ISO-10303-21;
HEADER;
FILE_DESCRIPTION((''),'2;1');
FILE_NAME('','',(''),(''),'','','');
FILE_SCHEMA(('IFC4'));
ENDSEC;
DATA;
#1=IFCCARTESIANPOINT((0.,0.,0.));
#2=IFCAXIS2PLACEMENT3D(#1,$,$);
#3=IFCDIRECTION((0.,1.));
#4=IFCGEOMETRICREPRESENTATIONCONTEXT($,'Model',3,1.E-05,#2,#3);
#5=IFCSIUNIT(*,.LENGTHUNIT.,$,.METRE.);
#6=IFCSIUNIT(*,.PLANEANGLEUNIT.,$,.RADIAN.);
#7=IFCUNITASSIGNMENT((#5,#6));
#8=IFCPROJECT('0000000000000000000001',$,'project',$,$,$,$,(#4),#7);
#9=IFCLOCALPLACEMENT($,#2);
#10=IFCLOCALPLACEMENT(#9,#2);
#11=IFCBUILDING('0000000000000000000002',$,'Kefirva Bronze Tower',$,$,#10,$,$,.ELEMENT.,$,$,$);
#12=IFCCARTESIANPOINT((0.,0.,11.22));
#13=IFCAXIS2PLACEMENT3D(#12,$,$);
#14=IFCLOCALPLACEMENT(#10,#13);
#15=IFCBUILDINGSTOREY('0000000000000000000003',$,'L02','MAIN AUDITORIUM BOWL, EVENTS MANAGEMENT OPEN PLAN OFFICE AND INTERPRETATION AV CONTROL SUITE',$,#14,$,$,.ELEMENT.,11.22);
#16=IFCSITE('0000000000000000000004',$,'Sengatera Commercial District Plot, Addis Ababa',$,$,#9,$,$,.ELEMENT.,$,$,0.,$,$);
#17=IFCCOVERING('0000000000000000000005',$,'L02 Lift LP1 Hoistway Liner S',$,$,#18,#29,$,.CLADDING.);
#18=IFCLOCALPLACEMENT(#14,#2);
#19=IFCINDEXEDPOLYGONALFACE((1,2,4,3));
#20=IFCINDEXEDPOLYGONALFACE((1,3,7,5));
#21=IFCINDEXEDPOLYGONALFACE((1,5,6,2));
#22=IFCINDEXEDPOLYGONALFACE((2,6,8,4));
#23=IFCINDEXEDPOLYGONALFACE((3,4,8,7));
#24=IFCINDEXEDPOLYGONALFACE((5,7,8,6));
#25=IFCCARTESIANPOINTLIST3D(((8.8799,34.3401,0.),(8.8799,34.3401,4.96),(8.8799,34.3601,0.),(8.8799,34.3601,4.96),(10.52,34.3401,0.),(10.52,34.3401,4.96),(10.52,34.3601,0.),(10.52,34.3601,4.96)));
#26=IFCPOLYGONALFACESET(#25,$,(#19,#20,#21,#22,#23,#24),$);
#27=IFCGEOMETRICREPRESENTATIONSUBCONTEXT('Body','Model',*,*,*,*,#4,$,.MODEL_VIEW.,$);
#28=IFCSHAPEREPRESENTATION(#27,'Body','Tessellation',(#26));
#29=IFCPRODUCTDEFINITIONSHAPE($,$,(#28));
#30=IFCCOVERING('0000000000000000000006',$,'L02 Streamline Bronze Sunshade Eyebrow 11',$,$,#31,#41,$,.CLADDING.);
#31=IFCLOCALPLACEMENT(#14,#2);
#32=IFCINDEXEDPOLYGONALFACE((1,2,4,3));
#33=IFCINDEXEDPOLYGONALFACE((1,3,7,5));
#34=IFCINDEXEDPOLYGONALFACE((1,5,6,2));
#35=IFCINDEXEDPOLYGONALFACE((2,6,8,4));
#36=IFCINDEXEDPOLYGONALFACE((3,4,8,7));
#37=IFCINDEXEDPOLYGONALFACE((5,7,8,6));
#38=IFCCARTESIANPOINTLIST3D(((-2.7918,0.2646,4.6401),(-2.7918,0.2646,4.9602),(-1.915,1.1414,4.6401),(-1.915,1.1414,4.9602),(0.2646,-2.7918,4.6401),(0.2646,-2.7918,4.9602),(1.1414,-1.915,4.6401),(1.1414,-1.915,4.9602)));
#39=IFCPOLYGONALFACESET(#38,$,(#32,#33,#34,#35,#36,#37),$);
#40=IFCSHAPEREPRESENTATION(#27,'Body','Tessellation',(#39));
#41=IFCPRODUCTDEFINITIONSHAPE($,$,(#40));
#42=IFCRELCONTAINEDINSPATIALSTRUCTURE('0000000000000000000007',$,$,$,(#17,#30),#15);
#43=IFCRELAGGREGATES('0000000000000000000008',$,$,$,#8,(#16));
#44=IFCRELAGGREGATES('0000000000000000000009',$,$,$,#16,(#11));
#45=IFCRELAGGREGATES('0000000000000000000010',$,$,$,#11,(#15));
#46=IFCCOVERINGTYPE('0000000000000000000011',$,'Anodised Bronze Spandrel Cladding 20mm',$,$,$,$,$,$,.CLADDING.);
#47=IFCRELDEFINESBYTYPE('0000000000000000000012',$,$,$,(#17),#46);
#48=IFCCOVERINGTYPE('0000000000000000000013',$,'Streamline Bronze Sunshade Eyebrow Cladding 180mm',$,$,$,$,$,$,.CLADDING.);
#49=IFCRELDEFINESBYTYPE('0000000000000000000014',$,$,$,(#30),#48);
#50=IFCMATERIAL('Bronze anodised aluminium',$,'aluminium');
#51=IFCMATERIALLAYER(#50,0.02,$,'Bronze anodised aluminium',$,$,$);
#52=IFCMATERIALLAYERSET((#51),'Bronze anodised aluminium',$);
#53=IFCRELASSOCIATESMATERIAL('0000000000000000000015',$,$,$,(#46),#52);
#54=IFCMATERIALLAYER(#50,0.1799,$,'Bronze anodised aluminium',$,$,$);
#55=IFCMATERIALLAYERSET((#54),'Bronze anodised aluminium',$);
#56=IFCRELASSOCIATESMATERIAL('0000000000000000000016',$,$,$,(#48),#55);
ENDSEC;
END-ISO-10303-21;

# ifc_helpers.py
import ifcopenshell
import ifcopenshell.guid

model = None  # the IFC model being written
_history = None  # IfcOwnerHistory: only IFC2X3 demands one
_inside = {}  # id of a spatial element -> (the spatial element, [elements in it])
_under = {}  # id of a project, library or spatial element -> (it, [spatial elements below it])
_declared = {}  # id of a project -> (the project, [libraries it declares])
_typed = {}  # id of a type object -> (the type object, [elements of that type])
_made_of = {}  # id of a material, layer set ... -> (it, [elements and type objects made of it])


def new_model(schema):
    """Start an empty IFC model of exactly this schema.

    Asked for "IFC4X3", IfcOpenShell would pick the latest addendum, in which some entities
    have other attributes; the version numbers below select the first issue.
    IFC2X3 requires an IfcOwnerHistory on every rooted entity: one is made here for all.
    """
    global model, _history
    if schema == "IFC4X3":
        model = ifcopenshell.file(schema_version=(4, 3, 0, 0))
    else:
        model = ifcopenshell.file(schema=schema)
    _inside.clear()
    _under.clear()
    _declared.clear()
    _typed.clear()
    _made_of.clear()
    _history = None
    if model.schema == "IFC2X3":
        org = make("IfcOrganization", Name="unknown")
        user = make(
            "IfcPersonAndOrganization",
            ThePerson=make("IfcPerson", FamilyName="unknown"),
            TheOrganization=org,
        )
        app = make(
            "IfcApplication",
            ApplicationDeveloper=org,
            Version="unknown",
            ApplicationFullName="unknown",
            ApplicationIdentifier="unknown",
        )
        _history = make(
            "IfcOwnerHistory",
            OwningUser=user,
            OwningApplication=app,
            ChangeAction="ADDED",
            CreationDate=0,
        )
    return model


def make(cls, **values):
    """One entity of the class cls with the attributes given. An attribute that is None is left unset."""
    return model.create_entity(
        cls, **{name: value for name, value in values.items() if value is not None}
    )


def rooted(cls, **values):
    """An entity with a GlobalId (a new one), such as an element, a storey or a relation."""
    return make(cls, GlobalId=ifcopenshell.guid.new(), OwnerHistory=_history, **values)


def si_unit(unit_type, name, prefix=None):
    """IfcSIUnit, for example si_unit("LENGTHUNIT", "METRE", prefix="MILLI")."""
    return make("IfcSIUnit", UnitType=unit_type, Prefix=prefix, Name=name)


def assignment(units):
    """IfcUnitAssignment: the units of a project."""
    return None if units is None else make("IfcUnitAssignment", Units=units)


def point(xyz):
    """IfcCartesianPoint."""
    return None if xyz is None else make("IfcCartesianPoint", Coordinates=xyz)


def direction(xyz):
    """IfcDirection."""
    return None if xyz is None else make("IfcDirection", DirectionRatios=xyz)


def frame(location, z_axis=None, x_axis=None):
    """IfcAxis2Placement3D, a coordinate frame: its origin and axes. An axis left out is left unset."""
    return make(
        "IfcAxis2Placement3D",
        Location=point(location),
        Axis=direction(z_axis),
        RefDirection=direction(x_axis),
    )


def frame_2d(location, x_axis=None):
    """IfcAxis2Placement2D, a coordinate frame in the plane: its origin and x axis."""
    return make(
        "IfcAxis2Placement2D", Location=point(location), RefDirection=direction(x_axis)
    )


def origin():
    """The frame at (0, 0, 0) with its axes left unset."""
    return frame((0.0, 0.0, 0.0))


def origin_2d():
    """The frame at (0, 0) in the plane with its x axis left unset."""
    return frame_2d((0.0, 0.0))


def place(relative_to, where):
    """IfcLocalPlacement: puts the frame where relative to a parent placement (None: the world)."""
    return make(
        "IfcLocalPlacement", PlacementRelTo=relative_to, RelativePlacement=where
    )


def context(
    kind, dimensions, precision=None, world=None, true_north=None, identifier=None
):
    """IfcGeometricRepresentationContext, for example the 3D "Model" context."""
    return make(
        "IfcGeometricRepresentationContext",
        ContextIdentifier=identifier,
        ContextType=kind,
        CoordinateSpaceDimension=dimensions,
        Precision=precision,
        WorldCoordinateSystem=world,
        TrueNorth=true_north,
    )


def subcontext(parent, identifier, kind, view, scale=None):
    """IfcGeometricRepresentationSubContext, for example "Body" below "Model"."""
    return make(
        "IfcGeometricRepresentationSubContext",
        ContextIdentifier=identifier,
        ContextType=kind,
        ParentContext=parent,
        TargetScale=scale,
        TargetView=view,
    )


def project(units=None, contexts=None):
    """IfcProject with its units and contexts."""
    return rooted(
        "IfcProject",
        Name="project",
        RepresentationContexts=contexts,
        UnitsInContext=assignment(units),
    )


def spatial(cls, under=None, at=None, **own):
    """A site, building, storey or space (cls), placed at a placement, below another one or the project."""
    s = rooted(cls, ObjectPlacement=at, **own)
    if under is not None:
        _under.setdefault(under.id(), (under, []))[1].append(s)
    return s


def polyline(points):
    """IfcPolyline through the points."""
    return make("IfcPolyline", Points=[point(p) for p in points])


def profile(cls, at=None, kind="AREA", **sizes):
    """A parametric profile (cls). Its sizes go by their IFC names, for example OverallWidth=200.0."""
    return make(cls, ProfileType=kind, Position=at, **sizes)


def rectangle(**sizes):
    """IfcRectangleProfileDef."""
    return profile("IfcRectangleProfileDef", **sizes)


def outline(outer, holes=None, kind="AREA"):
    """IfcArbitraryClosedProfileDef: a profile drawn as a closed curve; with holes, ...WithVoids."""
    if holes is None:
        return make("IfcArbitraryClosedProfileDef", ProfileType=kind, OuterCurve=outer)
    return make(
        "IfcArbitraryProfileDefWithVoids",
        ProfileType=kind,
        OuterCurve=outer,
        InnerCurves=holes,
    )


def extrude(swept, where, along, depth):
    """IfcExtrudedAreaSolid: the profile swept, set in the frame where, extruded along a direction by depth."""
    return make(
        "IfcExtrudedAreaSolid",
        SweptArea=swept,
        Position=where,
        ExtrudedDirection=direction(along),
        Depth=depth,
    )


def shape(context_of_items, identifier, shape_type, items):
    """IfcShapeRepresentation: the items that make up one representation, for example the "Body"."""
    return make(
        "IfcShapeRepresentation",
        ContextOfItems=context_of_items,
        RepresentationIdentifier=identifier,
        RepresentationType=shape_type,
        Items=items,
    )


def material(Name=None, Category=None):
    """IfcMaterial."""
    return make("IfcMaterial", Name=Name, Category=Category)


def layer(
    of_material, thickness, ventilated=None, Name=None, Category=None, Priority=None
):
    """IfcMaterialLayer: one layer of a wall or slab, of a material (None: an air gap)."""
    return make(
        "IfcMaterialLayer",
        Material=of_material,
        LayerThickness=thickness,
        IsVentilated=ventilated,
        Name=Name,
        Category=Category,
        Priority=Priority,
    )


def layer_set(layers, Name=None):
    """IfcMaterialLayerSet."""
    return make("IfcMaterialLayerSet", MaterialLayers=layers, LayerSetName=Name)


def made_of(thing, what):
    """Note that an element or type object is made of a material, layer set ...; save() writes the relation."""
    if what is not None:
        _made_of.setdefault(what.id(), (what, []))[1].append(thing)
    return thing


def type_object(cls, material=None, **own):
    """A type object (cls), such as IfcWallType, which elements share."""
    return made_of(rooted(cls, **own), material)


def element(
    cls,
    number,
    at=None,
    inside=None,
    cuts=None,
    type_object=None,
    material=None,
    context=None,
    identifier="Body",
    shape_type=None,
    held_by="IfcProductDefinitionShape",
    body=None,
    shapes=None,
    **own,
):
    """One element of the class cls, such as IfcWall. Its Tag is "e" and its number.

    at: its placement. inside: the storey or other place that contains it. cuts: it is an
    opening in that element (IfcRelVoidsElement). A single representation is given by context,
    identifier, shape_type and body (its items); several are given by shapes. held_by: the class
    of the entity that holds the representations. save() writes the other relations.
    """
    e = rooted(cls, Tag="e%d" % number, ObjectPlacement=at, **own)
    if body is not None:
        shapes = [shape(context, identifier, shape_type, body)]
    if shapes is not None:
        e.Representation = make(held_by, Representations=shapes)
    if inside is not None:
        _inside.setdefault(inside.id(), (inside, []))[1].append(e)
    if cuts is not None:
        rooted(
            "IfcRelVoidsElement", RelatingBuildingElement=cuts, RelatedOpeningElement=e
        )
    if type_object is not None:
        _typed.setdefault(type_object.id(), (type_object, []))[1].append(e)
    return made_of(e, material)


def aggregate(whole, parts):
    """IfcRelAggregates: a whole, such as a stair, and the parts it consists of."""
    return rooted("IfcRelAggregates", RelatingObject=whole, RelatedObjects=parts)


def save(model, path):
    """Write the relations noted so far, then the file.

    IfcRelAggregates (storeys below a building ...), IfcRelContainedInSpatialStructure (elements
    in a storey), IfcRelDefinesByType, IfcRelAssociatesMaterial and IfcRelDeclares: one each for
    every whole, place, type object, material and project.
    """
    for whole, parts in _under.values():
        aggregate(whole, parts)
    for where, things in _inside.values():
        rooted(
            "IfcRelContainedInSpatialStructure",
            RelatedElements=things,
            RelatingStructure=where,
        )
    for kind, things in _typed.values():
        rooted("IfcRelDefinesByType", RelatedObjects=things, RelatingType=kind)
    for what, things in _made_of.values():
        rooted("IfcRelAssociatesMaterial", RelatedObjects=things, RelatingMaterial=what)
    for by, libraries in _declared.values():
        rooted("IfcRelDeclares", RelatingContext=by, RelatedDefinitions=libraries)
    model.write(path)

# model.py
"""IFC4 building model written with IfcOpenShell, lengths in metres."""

from ifc_helpers import new_model, si_unit, direction, frame, origin, origin_2d, place, context, subcontext, project, spatial, polyline, rectangle, outline, extrude, material, layer, layer_set, type_object, element, save


model = new_model("IFC4")

# Units and contexts
model_context = context("Model", 3, precision=1e-05, world=origin(), true_north=direction((0.0, 1.0)))
body_context = subcontext(model_context, "Body", "Model", "MODEL_VIEW")
ifc_project = project(units=[si_unit("LENGTHUNIT", "METRE"), si_unit("PLANEANGLEUNIT", "RADIAN")], contexts=[model_context])

# Site, building, storey
site_placement = place(None, origin())
site = spatial("IfcSite", under=ifc_project, at=site_placement, Name="Sengatera Commercial District Plot, Addis Ababa", CompositionType="ELEMENT", RefElevation=0.0)
building_placement = place(site_placement, origin())
building = spatial("IfcBuilding", under=site, at=building_placement, Name="Kefirva Bronze Tower", CompositionType="ELEMENT")
storey_placement = place(building_placement, frame((0.0, 0.0, 11.22)))
storey = spatial("IfcBuildingStorey", under=building, at=storey_placement, Name="L02", Description="MAIN AUDITORIUM BOWL, EVENTS MANAGEMENT OPEN PLAN OFFICE AND INTERPRETATION AV CONTROL SUITE", CompositionType="ELEMENT", Elevation=11.22)

# Coverings
ifc_material_1 = material(Name="Bronze anodised aluminium", Category="aluminium")
ifc_layer_1 = layer(ifc_material_1, 0.02, Name="Bronze anodised aluminium")
ifc_layer_set_1 = layer_set([ifc_layer_1], Name="Bronze anodised aluminium")
covering_type_1 = type_object("IfcCoveringType", Name="Anodised Bronze Spandrel Cladding 20mm", PredefinedType="CLADDING", material=ifc_layer_set_1)
covering_1_placement = place(storey_placement, origin())
element("IfcCovering", 1, at=covering_1_placement, inside=storey, type_object=covering_type_1, Name="L02 Lift LP1 Hoistway Liner S", PredefinedType="CLADDING", context=body_context, shape_type="SweptSolid", body=[
    extrude(outline(polyline([(8.8799, 34.3401), (10.52, 34.3401), (10.52, 34.3601), (8.8799, 34.3601), (8.8799, 34.3401)])), origin(), (0.0, 0.0, 1.0), 4.96),
])
ifc_layer_2 = layer(ifc_material_1, 0.1799, Name="Bronze anodised aluminium")
ifc_layer_set_2 = layer_set([ifc_layer_2], Name="Bronze anodised aluminium")
covering_type_2 = type_object("IfcCoveringType", Name="Streamline Bronze Sunshade Eyebrow Cladding 180mm", PredefinedType="CLADDING", material=ifc_layer_set_2)
covering_2_placement = place(storey_placement, frame((-0.8252, -0.8252, 4.6401), z_axis=(0.0, 0.0, 1.0), x_axis=(0.707107, -0.707107, 0.0)))
element("IfcCovering", 2, at=covering_2_placement, inside=storey, type_object=covering_type_2, Name="L02 Streamline Bronze Sunshade Eyebrow 11", PredefinedType="CLADDING", context=body_context, shape_type="SweptSolid", body=[
    extrude(rectangle(XDim=4.3225, YDim=1.24, at=origin_2d()), origin(), (0.0, 0.0, 1.0), 0.3201),
])

save(model, "model.ifc")
